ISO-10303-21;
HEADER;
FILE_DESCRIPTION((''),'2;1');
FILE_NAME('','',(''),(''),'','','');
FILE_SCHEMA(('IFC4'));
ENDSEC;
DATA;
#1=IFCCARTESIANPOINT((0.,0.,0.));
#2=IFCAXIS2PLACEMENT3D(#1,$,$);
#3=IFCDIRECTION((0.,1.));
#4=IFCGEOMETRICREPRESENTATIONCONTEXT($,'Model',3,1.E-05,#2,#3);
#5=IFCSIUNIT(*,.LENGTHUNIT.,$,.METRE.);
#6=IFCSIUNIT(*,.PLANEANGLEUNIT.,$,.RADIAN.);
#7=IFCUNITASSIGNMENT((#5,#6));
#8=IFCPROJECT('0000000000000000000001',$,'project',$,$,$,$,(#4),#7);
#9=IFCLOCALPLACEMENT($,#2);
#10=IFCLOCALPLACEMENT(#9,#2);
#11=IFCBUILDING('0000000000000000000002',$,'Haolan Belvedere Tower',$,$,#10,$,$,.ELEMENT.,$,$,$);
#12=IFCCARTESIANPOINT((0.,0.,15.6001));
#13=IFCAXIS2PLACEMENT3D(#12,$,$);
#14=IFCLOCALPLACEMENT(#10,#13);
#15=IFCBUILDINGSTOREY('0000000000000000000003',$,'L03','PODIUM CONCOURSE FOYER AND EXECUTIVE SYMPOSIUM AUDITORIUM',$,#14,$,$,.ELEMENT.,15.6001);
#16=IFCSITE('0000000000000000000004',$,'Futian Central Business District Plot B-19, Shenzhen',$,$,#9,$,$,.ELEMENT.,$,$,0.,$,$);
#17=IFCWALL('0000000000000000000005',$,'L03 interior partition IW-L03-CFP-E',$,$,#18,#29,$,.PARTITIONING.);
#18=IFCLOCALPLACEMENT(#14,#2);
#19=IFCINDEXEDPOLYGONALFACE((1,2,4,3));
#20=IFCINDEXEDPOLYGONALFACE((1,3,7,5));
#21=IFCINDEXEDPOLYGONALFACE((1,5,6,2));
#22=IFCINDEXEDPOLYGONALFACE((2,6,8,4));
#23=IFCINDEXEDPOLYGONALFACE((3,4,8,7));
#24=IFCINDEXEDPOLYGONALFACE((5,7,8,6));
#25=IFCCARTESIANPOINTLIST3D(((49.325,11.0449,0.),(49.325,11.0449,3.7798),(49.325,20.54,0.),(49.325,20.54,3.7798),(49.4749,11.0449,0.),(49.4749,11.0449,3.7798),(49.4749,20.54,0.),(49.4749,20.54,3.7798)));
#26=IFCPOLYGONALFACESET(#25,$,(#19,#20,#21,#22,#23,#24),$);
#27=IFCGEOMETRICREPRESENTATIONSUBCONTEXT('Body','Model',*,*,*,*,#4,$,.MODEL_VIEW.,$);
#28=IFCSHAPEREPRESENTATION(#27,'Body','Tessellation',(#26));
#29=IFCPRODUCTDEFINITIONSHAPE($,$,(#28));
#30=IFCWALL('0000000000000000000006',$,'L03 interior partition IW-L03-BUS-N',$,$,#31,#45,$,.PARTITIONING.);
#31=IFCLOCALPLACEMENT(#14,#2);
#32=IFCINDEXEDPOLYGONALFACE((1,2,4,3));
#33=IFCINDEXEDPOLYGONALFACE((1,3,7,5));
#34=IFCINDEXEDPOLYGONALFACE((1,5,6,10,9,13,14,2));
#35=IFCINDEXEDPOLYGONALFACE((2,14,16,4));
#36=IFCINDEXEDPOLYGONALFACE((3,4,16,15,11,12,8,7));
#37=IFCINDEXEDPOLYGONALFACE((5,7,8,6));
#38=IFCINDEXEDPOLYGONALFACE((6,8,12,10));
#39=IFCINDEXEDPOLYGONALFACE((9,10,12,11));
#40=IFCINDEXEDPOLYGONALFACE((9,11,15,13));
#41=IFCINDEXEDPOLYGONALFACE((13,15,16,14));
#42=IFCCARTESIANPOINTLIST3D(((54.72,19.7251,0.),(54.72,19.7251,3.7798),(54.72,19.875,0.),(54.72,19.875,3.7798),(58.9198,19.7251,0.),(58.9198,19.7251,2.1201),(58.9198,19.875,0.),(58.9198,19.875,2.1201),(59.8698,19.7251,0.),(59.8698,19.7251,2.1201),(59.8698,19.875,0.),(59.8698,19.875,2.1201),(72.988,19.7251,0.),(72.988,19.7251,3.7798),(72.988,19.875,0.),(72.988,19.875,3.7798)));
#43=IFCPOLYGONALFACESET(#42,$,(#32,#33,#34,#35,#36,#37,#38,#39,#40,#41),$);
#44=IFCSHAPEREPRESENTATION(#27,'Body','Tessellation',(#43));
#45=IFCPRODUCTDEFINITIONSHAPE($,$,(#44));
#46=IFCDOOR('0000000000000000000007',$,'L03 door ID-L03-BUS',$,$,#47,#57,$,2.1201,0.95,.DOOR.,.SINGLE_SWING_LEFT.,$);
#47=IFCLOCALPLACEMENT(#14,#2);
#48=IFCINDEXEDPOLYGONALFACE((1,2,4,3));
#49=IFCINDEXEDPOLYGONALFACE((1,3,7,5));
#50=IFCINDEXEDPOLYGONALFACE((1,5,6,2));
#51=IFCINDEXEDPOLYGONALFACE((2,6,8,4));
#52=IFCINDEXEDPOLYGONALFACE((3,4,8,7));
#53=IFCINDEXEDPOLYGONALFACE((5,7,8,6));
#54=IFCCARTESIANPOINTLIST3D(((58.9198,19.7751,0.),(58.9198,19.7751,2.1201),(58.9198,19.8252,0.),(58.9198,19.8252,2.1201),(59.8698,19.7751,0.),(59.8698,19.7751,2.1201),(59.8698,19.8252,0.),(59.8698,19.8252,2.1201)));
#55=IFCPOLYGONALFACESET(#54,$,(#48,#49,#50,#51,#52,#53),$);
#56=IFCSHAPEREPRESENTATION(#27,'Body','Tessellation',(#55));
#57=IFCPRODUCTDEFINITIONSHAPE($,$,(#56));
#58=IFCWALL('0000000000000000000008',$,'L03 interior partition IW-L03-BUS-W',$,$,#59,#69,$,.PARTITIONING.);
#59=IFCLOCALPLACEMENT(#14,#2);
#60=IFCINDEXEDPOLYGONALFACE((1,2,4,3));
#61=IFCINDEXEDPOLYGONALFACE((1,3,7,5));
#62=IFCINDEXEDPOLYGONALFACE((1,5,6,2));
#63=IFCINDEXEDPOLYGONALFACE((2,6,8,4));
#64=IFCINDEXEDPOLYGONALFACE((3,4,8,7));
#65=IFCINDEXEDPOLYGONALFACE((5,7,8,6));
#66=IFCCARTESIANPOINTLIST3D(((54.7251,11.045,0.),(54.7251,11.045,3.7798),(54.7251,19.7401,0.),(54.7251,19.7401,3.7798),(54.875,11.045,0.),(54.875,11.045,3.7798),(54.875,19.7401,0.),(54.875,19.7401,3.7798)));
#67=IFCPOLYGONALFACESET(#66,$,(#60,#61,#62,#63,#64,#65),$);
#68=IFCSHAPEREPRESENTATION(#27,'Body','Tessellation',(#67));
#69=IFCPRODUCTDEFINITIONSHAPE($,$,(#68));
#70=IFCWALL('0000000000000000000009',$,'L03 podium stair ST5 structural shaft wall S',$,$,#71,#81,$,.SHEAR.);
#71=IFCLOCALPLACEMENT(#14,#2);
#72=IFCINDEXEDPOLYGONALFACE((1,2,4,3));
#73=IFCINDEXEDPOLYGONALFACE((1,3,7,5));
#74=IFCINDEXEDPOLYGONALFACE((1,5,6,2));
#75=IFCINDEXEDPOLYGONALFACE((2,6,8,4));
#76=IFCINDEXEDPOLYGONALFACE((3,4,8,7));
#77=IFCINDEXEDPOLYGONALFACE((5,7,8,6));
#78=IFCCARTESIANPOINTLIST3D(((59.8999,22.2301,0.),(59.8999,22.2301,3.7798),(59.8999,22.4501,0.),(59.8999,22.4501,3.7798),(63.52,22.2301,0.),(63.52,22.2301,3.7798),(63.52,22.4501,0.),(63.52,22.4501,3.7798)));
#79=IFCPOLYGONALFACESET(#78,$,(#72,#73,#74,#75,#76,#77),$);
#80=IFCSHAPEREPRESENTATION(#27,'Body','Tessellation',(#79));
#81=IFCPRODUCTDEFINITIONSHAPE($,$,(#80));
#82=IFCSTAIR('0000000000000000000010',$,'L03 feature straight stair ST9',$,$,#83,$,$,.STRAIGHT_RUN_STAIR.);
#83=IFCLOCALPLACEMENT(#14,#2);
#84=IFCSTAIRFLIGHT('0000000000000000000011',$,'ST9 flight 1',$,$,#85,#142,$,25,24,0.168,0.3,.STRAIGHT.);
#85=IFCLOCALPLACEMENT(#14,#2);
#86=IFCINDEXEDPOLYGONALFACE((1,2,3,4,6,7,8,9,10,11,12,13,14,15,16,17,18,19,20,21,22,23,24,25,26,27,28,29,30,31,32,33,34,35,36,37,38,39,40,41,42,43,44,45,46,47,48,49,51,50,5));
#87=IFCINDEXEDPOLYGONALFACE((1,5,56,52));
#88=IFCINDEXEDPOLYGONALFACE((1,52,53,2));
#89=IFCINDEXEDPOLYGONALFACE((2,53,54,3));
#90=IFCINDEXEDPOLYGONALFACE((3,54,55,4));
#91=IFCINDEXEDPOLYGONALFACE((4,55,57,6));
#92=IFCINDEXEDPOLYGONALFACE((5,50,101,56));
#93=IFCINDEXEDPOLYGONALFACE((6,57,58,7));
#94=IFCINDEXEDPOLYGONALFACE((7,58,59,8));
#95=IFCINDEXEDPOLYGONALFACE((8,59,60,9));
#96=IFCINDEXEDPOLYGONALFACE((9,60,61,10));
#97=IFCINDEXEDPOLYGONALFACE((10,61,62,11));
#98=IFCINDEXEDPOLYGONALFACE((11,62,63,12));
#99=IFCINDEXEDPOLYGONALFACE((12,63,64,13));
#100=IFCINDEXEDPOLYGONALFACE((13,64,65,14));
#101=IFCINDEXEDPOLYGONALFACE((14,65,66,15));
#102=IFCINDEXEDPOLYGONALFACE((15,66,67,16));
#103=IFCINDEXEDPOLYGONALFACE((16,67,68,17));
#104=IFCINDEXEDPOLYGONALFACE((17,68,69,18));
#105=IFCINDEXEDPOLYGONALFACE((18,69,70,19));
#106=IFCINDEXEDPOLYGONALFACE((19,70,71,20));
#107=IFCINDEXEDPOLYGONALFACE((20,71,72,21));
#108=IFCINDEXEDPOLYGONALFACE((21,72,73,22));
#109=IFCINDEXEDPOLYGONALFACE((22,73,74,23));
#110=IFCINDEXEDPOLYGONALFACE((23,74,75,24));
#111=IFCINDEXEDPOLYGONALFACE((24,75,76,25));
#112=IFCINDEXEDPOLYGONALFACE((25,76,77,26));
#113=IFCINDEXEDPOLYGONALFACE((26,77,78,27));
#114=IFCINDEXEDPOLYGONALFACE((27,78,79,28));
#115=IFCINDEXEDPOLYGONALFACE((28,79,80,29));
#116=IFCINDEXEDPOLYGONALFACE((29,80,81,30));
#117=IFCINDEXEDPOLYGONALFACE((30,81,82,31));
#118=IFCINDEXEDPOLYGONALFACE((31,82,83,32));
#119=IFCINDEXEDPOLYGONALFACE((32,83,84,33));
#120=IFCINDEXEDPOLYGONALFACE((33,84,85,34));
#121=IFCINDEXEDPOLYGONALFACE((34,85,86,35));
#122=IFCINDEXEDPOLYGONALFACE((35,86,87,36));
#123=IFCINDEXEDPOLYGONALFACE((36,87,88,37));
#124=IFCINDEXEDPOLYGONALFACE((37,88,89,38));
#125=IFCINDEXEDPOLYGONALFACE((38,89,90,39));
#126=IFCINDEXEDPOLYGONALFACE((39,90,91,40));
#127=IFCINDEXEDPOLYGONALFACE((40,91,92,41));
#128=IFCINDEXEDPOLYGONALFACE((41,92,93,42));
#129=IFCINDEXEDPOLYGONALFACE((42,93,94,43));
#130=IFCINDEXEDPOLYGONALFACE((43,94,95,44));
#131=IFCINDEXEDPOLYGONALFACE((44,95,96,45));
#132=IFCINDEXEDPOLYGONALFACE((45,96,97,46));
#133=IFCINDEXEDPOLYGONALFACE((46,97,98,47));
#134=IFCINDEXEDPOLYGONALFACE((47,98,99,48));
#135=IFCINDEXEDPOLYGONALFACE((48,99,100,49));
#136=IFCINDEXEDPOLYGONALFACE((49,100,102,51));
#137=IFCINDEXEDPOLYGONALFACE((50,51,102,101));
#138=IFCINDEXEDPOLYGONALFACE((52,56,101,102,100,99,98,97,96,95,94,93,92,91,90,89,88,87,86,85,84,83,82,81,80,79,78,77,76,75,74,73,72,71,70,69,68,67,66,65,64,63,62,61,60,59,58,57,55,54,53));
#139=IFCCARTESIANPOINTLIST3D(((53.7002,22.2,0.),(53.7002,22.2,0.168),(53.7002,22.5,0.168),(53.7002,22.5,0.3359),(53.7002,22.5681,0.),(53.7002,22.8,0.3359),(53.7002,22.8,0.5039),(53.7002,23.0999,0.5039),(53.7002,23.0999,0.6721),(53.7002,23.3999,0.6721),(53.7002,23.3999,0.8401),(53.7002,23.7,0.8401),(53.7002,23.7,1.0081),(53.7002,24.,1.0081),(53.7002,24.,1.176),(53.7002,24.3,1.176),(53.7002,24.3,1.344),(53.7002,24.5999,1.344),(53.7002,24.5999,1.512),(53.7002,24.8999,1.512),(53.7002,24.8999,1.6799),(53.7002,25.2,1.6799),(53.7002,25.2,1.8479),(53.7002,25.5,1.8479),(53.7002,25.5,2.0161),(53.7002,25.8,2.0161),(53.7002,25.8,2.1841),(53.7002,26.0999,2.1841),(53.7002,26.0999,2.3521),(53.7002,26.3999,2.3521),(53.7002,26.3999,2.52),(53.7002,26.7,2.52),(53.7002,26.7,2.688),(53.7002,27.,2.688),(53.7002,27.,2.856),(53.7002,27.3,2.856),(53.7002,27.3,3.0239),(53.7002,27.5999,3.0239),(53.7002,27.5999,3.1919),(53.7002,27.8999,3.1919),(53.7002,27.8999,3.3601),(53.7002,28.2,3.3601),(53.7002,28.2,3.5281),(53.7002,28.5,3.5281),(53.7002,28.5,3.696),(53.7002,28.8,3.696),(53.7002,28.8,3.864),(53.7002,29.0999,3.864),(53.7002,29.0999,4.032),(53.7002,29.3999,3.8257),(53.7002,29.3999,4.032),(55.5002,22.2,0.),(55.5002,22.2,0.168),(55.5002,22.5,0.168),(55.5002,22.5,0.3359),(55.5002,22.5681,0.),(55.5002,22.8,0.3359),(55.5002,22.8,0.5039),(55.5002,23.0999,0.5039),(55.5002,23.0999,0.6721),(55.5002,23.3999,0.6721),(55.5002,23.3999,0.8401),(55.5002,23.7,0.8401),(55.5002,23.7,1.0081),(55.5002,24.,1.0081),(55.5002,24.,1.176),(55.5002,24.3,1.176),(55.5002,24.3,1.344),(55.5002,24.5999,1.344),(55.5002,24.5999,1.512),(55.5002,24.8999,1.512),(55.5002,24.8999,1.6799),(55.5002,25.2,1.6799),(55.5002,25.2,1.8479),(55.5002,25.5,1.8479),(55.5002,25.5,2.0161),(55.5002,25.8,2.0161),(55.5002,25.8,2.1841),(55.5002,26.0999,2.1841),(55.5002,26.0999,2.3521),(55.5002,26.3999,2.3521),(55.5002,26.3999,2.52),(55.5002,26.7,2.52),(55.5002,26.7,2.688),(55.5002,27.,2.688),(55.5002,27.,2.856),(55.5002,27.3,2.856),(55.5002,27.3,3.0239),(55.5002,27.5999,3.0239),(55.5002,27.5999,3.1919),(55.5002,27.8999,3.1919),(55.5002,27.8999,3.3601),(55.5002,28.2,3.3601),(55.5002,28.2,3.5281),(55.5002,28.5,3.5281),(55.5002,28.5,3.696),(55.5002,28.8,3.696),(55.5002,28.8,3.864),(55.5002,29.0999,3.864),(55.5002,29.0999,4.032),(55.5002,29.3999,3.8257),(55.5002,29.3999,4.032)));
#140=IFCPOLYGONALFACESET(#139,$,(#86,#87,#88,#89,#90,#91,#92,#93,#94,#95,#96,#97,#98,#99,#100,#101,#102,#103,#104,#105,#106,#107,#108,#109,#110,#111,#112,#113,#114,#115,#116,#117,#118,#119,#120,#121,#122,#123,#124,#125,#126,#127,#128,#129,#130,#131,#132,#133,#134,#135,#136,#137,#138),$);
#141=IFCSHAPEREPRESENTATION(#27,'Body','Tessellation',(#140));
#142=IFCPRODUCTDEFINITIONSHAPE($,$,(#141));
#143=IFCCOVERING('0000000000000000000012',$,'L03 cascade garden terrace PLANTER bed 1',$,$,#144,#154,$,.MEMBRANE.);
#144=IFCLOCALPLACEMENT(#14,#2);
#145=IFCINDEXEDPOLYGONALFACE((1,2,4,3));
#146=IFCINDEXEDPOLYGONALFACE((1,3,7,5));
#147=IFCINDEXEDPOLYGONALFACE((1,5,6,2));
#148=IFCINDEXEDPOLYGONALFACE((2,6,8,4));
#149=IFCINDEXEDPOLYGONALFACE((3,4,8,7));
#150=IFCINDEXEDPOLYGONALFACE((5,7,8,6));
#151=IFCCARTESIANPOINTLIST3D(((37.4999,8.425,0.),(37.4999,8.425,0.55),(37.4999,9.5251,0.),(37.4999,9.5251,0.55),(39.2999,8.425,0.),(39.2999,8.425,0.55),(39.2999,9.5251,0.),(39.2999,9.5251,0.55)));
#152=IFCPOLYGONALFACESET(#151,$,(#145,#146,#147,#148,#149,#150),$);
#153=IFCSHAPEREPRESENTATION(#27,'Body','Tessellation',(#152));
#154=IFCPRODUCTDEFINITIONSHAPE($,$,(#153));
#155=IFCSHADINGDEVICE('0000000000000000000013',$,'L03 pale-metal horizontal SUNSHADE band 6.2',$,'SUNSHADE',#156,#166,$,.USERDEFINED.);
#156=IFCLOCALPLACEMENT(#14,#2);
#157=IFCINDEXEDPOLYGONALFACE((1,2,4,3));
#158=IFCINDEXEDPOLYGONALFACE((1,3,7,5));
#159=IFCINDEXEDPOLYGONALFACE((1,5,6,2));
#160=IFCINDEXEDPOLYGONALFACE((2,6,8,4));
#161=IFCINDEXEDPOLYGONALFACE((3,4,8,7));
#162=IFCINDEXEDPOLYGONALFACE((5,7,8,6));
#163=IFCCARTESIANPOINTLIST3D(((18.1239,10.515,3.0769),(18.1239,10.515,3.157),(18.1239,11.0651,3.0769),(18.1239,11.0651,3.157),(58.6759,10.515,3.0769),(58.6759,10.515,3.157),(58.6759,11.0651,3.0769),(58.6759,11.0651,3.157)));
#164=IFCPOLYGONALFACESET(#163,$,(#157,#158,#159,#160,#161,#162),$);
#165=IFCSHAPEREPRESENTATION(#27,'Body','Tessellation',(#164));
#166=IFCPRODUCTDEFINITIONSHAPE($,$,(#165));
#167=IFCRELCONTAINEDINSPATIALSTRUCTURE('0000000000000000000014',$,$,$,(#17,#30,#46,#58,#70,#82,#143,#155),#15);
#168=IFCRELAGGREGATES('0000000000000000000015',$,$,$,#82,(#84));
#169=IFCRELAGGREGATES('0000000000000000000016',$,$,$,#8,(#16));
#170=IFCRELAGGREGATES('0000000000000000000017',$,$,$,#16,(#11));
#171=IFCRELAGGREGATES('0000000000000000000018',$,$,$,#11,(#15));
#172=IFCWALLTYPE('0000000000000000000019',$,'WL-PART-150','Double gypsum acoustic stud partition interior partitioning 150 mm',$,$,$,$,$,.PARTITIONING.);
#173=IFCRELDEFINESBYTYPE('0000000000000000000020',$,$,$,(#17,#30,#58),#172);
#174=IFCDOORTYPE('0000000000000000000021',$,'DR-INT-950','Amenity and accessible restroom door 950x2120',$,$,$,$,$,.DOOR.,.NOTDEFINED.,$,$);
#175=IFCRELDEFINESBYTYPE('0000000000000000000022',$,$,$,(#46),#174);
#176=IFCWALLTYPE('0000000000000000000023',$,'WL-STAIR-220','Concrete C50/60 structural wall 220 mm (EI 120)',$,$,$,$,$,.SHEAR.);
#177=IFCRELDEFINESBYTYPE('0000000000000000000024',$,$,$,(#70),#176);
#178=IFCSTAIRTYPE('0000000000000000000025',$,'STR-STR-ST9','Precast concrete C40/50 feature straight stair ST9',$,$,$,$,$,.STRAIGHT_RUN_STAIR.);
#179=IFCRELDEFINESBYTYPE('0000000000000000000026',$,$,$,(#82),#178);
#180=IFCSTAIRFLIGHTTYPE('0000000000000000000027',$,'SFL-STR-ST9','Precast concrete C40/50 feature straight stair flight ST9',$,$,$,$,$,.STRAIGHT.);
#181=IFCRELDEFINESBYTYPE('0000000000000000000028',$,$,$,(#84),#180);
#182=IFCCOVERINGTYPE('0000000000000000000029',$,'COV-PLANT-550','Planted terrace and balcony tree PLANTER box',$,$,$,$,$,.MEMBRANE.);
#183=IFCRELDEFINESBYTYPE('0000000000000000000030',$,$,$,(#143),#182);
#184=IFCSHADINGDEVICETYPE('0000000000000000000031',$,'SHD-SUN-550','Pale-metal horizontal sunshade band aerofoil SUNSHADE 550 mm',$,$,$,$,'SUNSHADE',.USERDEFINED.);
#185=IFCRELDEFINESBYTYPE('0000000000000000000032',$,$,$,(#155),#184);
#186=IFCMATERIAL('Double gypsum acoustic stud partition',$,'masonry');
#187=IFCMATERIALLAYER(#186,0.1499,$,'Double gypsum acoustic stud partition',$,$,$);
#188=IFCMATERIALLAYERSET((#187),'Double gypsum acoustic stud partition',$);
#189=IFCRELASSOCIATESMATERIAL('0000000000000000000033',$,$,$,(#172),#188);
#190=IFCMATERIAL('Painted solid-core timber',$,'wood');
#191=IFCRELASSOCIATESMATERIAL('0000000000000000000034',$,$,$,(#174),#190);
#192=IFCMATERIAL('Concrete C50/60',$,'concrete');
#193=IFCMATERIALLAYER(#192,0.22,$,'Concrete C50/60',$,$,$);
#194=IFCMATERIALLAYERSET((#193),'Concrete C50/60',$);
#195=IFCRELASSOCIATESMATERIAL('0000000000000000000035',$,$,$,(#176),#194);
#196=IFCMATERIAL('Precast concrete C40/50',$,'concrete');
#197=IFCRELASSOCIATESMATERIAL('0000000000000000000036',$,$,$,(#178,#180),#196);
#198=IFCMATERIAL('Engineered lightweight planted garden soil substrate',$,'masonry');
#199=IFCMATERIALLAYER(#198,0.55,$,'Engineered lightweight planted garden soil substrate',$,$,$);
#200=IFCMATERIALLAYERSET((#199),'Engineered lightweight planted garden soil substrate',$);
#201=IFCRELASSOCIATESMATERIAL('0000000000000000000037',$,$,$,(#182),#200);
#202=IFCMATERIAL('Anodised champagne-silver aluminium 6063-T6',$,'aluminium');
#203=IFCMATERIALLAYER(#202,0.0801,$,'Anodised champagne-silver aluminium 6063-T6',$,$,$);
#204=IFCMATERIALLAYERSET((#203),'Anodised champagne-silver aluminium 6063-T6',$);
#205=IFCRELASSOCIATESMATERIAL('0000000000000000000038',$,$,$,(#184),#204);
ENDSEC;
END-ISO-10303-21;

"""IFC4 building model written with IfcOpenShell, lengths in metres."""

from ifc_helpers import new_model, si_unit, direction, frame, frame_2d, origin, origin_2d, place, context, subcontext, project, spatial, polyline, rectangle, outline, extrude, material, layer, layer_set, type_object, element, fill, aggregate, save


model = new_model("IFC4")

# Units and contexts
model_context = context("Model", 3, precision=1e-05, world=origin(), true_north=direction((0.0, 1.0)))
body_context = subcontext(model_context, "Body", "Model", "MODEL_VIEW")
ifc_project = project(units=[si_unit("LENGTHUNIT", "METRE"), si_unit("PLANEANGLEUNIT", "RADIAN")], contexts=[model_context])

# Site, building, storey
site_placement = place(None, origin())
site = spatial("IfcSite", under=ifc_project, at=site_placement, Name="Futian Central Business District Plot B-19, Shenzhen", CompositionType="ELEMENT", RefElevation=0.0)
building_placement = place(site_placement, origin())
building = spatial("IfcBuilding", under=site, at=building_placement, Name="Haolan Belvedere Tower", CompositionType="ELEMENT")
storey_placement = place(building_placement, frame((0.0, 0.0, 15.6001)))
storey = spatial("IfcBuildingStorey", under=building, at=storey_placement, Name="L03", Description="PODIUM CONCOURSE FOYER AND EXECUTIVE SYMPOSIUM AUDITORIUM", CompositionType="ELEMENT", Elevation=15.6001)

# Shared definitions
ifc_material_1 = material(Name="Precast concrete C40/50", Category="concrete")

# Wall
ifc_material_2 = material(Name="Double gypsum acoustic stud partition", Category="masonry")
ifc_layer_1 = layer(ifc_material_2, 0.1499, Name="Double gypsum acoustic stud partition")
ifc_layer_set_1 = layer_set([ifc_layer_1], Name="Double gypsum acoustic stud partition")
wall_type_1 = type_object("IfcWallType", Name="WL-PART-150", Description="Double gypsum acoustic stud partition interior partitioning 150 mm", PredefinedType="PARTITIONING", material=ifc_layer_set_1)
wall_1_placement = place(storey_placement, frame((49.3999, 11.0449, 0.0), z_axis=(0.0, 0.0, 1.0), x_axis=(0.0, 1.0, 0.0)))
element("IfcWall", 1, at=wall_1_placement, inside=storey, type_object=wall_type_1, Name="L03 interior partition IW-L03-CFP-E", PredefinedType="PARTITIONING", context=body_context, shape_type="SweptSolid", body=[
    extrude(rectangle(XDim=9.4951, YDim=0.1499, at=frame_2d((4.7476, 0.0))), origin(), (0.0, 0.0, 1.0), 3.7798),
])

# Wall, opening, door
wall_2_placement = place(storey_placement, frame((54.72, 19.8, 0.0), z_axis=(0.0, 0.0, 1.0), x_axis=(1.0, 0.0, 0.0)))
wall_2 = element("IfcWall", 2, at=wall_2_placement, inside=storey, type_object=wall_type_1, Name="L03 interior partition IW-L03-BUS-N", PredefinedType="PARTITIONING", context=body_context, shape_type="SweptSolid", body=[
    extrude(rectangle(XDim=18.2681, YDim=0.1499, at=frame_2d((9.134, 0.0))), origin(), (0.0, 0.0, 1.0), 3.7798),
])
opening_1_placement = place(wall_2_placement, frame((5.1499, 0.0, 0.0), z_axis=(0.0, 0.0, 1.0), x_axis=(-1.0, 0.0, 0.0)))
opening_1 = element("IfcOpeningElement", 3, at=opening_1_placement, cuts=wall_2, PredefinedType="OPENING", context=body_context, shape_type="SweptSolid", body=[
    extrude(rectangle(XDim=0.95, YDim=2.1201, at=frame_2d((0.4751, 1.0601))), frame((0.0, 0.085, 0.0), z_axis=(0.0, -1.0, 0.0), x_axis=(1.0, 0.0, 0.0)), (0.0, 0.0, 1.0), 0.1699),
])
ifc_material_3 = material(Name="Painted solid-core timber", Category="wood")
door_type_1 = type_object("IfcDoorType", Name="DR-INT-950", Description="Amenity and accessible restroom door 950x2120", OperationType="NOTDEFINED", PredefinedType="DOOR", material=ifc_material_3)
door_1_placement = place(opening_1_placement, origin())
door_1 = element("IfcDoor", 4, at=door_1_placement, inside=storey, type_object=door_type_1, Name="L03 door ID-L03-BUS", OperationType="SINGLE_SWING_LEFT", OverallHeight=2.1201, OverallWidth=0.95, PredefinedType="DOOR", context=body_context, shape_type="SweptSolid", body=[
    extrude(rectangle(XDim=0.95, YDim=2.1201, at=frame_2d((0.4751, 1.0601))), frame((0.0, 0.0249, 0.0), z_axis=(0.0, -1.0, 0.0), x_axis=(1.0, 0.0, 0.0)), (0.0, 0.0, 1.0), 0.05),
])
fill(opening_1, door_1)

# Walls
wall_3_placement = place(storey_placement, frame((54.8, 11.0449, 0.0), z_axis=(0.0, 0.0, 1.0), x_axis=(0.0, 1.0, 0.0)))
element("IfcWall", 5, at=wall_3_placement, inside=storey, type_object=wall_type_1, Name="L03 interior partition IW-L03-BUS-W", PredefinedType="PARTITIONING", context=body_context, shape_type="SweptSolid", body=[
    extrude(rectangle(XDim=8.6951, YDim=0.1499, at=frame_2d((4.3477, 0.0))), origin(), (0.0, 0.0, 1.0), 3.7798),
])
ifc_material_4 = material(Name="Concrete C50/60", Category="concrete")
ifc_layer_2 = layer(ifc_material_4, 0.22, Name="Concrete C50/60")
ifc_layer_set_2 = layer_set([ifc_layer_2], Name="Concrete C50/60")
wall_type_2 = type_object("IfcWallType", Name="WL-STAIR-220", Description="Concrete C50/60 structural wall 220 mm (EI 120)", PredefinedType="SHEAR", material=ifc_layer_set_2)
wall_4_placement = place(storey_placement, frame((59.8999, 22.3401, 0.0), z_axis=(0.0, 0.0, 1.0), x_axis=(1.0, 0.0, 0.0)))
element("IfcWall", 6, at=wall_4_placement, inside=storey, type_object=wall_type_2, Name="L03 podium stair ST5 structural shaft wall S", PredefinedType="SHEAR", context=body_context, shape_type="SweptSolid", body=[
    extrude(rectangle(XDim=3.6201, YDim=0.22, at=frame_2d((1.8101, 0.0))), origin(), (0.0, 0.0, 1.0), 3.7798),
])

# Stair, stair flight
stair_type = type_object("IfcStairType", Name="STR-STR-ST9", Description="Precast concrete C40/50 feature straight stair ST9", PredefinedType="STRAIGHT_RUN_STAIR", material=ifc_material_1)
stair_placement = place(storey_placement, origin())
stair = element("IfcStair", 7, at=stair_placement, inside=storey, type_object=stair_type, Name="L03 feature straight stair ST9", PredefinedType="STRAIGHT_RUN_STAIR")
stair_flight_type = type_object("IfcStairFlightType", Name="SFL-STR-ST9", Description="Precast concrete C40/50 feature straight stair flight ST9", PredefinedType="STRAIGHT", material=ifc_material_1)
stair_flight_placement = place(storey_placement, frame((54.6001, 22.2, 0.0), z_axis=(0.0, 0.0, 1.0), x_axis=(0.0, 1.0, 0.0)))
stair_flight = element("IfcStairFlight", 8, at=stair_flight_placement, type_object=stair_flight_type, Name="ST9 flight 1", NumberOfRisers=25, NumberOfTreads=24, PredefinedType="STRAIGHT", RiserHeight=0.168, TreadLength=0.3, context=body_context, shape_type="SweptSolid", body=[
    extrude(outline(polyline([(0.0, 0.0), (0.0, 0.168), (0.3, 0.168), (0.3, 0.3359), (0.6001, 0.3359), (0.6001, 0.5039), (0.8999, 0.5039), (0.8999, 0.6721), (1.2, 0.6721), (1.2, 0.8401), (1.5, 0.8401), (1.5, 1.0081), (1.8, 1.0081), (1.8, 1.176), (2.1001, 1.176), (2.1001, 1.344), (2.3999, 1.344), (2.3999, 1.512), (2.7, 1.512), (2.7, 1.6799), (3.0, 1.6799), (3.0, 1.8479), (3.3, 1.8479), (3.3, 2.0161), (3.6001, 2.0161), (3.6001, 2.1841), (3.8999, 2.1841), (3.8999, 2.3521), (4.2, 2.3521), (4.2, 2.52), (4.5, 2.52), (4.5, 2.688), (4.8, 2.688), (4.8, 2.856), (5.1001, 2.856), (5.1001, 3.0239), (5.3999, 3.0239), (5.3999, 3.1919), (5.7, 3.1919), (5.7, 3.3601), (6.0, 3.3601), (6.0, 3.5281), (6.3, 3.5281), (6.3, 3.696), (6.6001, 3.696), (6.6001, 3.864), (6.8999, 3.864), (6.8999, 4.032), (7.2, 4.032), (7.2, 4.2), (7.2, 3.8257), (0.3682, 0.0), (0.0, 0.0)])), frame((0.0, 0.8999, 0.0), z_axis=(0.0, -1.0, 0.0), x_axis=(1.0, 0.0, 0.0)), (0.0, 0.0, 1.0), 1.8),
])
aggregate(stair, [stair_flight])

# Covering
ifc_material_5 = material(Name="Engineered lightweight planted garden soil substrate", Category="masonry")
ifc_layer_3 = layer(ifc_material_5, 0.55, Name="Engineered lightweight planted garden soil substrate")
ifc_layer_set_3 = layer_set([ifc_layer_3], Name="Engineered lightweight planted garden soil substrate")
covering_type = type_object("IfcCoveringType", Name="COV-PLANT-550", Description="Planted terrace and balcony tree PLANTER box", PredefinedType="MEMBRANE", material=ifc_layer_set_3)
covering_placement = place(storey_placement, frame((38.3999, 8.9751, 0.0), z_axis=(0.0, 0.0, 1.0), x_axis=(1.0, 0.0, 0.0)))
element("IfcCovering", 9, at=covering_placement, inside=storey, type_object=covering_type, Name="L03 cascade garden terrace PLANTER bed 1", PredefinedType="MEMBRANE", context=body_context, shape_type="SweptSolid", body=[
    extrude(rectangle(XDim=1.8, YDim=1.1001, at=origin_2d()), origin(), (0.0, 0.0, 1.0), 0.55),
])

# Shading device
ifc_material_6 = material(Name="Anodised champagne-silver aluminium 6063-T6", Category="aluminium")
ifc_layer_4 = layer(ifc_material_6, 0.0801, Name="Anodised champagne-silver aluminium 6063-T6")
ifc_layer_set_4 = layer_set([ifc_layer_4], Name="Anodised champagne-silver aluminium 6063-T6")
shading_device_type = type_object("IfcShadingDeviceType", Name="SHD-SUN-550", Description="Pale-metal horizontal sunshade band aerofoil SUNSHADE 550 mm", ElementType="SUNSHADE", PredefinedType="USERDEFINED", material=ifc_layer_set_4)
shading_device_placement = place(storey_placement, frame((38.3999, 10.79, 3.0769), z_axis=(0.0, 0.0, 1.0), x_axis=(1.0, 0.0, 0.0)))
element("IfcShadingDevice", 10, at=shading_device_placement, inside=storey, type_object=shading_device_type, Name="L03 pale-metal horizontal SUNSHADE band 6.2", ObjectType="SUNSHADE", PredefinedType="USERDEFINED", context=body_context, shape_type="SweptSolid", body=[
    extrude(rectangle(XDim=40.552, YDim=0.55, at=origin_2d()), origin(), (0.0, 0.0, 1.0), 0.0801),
])

save(model, "model.ifc")
